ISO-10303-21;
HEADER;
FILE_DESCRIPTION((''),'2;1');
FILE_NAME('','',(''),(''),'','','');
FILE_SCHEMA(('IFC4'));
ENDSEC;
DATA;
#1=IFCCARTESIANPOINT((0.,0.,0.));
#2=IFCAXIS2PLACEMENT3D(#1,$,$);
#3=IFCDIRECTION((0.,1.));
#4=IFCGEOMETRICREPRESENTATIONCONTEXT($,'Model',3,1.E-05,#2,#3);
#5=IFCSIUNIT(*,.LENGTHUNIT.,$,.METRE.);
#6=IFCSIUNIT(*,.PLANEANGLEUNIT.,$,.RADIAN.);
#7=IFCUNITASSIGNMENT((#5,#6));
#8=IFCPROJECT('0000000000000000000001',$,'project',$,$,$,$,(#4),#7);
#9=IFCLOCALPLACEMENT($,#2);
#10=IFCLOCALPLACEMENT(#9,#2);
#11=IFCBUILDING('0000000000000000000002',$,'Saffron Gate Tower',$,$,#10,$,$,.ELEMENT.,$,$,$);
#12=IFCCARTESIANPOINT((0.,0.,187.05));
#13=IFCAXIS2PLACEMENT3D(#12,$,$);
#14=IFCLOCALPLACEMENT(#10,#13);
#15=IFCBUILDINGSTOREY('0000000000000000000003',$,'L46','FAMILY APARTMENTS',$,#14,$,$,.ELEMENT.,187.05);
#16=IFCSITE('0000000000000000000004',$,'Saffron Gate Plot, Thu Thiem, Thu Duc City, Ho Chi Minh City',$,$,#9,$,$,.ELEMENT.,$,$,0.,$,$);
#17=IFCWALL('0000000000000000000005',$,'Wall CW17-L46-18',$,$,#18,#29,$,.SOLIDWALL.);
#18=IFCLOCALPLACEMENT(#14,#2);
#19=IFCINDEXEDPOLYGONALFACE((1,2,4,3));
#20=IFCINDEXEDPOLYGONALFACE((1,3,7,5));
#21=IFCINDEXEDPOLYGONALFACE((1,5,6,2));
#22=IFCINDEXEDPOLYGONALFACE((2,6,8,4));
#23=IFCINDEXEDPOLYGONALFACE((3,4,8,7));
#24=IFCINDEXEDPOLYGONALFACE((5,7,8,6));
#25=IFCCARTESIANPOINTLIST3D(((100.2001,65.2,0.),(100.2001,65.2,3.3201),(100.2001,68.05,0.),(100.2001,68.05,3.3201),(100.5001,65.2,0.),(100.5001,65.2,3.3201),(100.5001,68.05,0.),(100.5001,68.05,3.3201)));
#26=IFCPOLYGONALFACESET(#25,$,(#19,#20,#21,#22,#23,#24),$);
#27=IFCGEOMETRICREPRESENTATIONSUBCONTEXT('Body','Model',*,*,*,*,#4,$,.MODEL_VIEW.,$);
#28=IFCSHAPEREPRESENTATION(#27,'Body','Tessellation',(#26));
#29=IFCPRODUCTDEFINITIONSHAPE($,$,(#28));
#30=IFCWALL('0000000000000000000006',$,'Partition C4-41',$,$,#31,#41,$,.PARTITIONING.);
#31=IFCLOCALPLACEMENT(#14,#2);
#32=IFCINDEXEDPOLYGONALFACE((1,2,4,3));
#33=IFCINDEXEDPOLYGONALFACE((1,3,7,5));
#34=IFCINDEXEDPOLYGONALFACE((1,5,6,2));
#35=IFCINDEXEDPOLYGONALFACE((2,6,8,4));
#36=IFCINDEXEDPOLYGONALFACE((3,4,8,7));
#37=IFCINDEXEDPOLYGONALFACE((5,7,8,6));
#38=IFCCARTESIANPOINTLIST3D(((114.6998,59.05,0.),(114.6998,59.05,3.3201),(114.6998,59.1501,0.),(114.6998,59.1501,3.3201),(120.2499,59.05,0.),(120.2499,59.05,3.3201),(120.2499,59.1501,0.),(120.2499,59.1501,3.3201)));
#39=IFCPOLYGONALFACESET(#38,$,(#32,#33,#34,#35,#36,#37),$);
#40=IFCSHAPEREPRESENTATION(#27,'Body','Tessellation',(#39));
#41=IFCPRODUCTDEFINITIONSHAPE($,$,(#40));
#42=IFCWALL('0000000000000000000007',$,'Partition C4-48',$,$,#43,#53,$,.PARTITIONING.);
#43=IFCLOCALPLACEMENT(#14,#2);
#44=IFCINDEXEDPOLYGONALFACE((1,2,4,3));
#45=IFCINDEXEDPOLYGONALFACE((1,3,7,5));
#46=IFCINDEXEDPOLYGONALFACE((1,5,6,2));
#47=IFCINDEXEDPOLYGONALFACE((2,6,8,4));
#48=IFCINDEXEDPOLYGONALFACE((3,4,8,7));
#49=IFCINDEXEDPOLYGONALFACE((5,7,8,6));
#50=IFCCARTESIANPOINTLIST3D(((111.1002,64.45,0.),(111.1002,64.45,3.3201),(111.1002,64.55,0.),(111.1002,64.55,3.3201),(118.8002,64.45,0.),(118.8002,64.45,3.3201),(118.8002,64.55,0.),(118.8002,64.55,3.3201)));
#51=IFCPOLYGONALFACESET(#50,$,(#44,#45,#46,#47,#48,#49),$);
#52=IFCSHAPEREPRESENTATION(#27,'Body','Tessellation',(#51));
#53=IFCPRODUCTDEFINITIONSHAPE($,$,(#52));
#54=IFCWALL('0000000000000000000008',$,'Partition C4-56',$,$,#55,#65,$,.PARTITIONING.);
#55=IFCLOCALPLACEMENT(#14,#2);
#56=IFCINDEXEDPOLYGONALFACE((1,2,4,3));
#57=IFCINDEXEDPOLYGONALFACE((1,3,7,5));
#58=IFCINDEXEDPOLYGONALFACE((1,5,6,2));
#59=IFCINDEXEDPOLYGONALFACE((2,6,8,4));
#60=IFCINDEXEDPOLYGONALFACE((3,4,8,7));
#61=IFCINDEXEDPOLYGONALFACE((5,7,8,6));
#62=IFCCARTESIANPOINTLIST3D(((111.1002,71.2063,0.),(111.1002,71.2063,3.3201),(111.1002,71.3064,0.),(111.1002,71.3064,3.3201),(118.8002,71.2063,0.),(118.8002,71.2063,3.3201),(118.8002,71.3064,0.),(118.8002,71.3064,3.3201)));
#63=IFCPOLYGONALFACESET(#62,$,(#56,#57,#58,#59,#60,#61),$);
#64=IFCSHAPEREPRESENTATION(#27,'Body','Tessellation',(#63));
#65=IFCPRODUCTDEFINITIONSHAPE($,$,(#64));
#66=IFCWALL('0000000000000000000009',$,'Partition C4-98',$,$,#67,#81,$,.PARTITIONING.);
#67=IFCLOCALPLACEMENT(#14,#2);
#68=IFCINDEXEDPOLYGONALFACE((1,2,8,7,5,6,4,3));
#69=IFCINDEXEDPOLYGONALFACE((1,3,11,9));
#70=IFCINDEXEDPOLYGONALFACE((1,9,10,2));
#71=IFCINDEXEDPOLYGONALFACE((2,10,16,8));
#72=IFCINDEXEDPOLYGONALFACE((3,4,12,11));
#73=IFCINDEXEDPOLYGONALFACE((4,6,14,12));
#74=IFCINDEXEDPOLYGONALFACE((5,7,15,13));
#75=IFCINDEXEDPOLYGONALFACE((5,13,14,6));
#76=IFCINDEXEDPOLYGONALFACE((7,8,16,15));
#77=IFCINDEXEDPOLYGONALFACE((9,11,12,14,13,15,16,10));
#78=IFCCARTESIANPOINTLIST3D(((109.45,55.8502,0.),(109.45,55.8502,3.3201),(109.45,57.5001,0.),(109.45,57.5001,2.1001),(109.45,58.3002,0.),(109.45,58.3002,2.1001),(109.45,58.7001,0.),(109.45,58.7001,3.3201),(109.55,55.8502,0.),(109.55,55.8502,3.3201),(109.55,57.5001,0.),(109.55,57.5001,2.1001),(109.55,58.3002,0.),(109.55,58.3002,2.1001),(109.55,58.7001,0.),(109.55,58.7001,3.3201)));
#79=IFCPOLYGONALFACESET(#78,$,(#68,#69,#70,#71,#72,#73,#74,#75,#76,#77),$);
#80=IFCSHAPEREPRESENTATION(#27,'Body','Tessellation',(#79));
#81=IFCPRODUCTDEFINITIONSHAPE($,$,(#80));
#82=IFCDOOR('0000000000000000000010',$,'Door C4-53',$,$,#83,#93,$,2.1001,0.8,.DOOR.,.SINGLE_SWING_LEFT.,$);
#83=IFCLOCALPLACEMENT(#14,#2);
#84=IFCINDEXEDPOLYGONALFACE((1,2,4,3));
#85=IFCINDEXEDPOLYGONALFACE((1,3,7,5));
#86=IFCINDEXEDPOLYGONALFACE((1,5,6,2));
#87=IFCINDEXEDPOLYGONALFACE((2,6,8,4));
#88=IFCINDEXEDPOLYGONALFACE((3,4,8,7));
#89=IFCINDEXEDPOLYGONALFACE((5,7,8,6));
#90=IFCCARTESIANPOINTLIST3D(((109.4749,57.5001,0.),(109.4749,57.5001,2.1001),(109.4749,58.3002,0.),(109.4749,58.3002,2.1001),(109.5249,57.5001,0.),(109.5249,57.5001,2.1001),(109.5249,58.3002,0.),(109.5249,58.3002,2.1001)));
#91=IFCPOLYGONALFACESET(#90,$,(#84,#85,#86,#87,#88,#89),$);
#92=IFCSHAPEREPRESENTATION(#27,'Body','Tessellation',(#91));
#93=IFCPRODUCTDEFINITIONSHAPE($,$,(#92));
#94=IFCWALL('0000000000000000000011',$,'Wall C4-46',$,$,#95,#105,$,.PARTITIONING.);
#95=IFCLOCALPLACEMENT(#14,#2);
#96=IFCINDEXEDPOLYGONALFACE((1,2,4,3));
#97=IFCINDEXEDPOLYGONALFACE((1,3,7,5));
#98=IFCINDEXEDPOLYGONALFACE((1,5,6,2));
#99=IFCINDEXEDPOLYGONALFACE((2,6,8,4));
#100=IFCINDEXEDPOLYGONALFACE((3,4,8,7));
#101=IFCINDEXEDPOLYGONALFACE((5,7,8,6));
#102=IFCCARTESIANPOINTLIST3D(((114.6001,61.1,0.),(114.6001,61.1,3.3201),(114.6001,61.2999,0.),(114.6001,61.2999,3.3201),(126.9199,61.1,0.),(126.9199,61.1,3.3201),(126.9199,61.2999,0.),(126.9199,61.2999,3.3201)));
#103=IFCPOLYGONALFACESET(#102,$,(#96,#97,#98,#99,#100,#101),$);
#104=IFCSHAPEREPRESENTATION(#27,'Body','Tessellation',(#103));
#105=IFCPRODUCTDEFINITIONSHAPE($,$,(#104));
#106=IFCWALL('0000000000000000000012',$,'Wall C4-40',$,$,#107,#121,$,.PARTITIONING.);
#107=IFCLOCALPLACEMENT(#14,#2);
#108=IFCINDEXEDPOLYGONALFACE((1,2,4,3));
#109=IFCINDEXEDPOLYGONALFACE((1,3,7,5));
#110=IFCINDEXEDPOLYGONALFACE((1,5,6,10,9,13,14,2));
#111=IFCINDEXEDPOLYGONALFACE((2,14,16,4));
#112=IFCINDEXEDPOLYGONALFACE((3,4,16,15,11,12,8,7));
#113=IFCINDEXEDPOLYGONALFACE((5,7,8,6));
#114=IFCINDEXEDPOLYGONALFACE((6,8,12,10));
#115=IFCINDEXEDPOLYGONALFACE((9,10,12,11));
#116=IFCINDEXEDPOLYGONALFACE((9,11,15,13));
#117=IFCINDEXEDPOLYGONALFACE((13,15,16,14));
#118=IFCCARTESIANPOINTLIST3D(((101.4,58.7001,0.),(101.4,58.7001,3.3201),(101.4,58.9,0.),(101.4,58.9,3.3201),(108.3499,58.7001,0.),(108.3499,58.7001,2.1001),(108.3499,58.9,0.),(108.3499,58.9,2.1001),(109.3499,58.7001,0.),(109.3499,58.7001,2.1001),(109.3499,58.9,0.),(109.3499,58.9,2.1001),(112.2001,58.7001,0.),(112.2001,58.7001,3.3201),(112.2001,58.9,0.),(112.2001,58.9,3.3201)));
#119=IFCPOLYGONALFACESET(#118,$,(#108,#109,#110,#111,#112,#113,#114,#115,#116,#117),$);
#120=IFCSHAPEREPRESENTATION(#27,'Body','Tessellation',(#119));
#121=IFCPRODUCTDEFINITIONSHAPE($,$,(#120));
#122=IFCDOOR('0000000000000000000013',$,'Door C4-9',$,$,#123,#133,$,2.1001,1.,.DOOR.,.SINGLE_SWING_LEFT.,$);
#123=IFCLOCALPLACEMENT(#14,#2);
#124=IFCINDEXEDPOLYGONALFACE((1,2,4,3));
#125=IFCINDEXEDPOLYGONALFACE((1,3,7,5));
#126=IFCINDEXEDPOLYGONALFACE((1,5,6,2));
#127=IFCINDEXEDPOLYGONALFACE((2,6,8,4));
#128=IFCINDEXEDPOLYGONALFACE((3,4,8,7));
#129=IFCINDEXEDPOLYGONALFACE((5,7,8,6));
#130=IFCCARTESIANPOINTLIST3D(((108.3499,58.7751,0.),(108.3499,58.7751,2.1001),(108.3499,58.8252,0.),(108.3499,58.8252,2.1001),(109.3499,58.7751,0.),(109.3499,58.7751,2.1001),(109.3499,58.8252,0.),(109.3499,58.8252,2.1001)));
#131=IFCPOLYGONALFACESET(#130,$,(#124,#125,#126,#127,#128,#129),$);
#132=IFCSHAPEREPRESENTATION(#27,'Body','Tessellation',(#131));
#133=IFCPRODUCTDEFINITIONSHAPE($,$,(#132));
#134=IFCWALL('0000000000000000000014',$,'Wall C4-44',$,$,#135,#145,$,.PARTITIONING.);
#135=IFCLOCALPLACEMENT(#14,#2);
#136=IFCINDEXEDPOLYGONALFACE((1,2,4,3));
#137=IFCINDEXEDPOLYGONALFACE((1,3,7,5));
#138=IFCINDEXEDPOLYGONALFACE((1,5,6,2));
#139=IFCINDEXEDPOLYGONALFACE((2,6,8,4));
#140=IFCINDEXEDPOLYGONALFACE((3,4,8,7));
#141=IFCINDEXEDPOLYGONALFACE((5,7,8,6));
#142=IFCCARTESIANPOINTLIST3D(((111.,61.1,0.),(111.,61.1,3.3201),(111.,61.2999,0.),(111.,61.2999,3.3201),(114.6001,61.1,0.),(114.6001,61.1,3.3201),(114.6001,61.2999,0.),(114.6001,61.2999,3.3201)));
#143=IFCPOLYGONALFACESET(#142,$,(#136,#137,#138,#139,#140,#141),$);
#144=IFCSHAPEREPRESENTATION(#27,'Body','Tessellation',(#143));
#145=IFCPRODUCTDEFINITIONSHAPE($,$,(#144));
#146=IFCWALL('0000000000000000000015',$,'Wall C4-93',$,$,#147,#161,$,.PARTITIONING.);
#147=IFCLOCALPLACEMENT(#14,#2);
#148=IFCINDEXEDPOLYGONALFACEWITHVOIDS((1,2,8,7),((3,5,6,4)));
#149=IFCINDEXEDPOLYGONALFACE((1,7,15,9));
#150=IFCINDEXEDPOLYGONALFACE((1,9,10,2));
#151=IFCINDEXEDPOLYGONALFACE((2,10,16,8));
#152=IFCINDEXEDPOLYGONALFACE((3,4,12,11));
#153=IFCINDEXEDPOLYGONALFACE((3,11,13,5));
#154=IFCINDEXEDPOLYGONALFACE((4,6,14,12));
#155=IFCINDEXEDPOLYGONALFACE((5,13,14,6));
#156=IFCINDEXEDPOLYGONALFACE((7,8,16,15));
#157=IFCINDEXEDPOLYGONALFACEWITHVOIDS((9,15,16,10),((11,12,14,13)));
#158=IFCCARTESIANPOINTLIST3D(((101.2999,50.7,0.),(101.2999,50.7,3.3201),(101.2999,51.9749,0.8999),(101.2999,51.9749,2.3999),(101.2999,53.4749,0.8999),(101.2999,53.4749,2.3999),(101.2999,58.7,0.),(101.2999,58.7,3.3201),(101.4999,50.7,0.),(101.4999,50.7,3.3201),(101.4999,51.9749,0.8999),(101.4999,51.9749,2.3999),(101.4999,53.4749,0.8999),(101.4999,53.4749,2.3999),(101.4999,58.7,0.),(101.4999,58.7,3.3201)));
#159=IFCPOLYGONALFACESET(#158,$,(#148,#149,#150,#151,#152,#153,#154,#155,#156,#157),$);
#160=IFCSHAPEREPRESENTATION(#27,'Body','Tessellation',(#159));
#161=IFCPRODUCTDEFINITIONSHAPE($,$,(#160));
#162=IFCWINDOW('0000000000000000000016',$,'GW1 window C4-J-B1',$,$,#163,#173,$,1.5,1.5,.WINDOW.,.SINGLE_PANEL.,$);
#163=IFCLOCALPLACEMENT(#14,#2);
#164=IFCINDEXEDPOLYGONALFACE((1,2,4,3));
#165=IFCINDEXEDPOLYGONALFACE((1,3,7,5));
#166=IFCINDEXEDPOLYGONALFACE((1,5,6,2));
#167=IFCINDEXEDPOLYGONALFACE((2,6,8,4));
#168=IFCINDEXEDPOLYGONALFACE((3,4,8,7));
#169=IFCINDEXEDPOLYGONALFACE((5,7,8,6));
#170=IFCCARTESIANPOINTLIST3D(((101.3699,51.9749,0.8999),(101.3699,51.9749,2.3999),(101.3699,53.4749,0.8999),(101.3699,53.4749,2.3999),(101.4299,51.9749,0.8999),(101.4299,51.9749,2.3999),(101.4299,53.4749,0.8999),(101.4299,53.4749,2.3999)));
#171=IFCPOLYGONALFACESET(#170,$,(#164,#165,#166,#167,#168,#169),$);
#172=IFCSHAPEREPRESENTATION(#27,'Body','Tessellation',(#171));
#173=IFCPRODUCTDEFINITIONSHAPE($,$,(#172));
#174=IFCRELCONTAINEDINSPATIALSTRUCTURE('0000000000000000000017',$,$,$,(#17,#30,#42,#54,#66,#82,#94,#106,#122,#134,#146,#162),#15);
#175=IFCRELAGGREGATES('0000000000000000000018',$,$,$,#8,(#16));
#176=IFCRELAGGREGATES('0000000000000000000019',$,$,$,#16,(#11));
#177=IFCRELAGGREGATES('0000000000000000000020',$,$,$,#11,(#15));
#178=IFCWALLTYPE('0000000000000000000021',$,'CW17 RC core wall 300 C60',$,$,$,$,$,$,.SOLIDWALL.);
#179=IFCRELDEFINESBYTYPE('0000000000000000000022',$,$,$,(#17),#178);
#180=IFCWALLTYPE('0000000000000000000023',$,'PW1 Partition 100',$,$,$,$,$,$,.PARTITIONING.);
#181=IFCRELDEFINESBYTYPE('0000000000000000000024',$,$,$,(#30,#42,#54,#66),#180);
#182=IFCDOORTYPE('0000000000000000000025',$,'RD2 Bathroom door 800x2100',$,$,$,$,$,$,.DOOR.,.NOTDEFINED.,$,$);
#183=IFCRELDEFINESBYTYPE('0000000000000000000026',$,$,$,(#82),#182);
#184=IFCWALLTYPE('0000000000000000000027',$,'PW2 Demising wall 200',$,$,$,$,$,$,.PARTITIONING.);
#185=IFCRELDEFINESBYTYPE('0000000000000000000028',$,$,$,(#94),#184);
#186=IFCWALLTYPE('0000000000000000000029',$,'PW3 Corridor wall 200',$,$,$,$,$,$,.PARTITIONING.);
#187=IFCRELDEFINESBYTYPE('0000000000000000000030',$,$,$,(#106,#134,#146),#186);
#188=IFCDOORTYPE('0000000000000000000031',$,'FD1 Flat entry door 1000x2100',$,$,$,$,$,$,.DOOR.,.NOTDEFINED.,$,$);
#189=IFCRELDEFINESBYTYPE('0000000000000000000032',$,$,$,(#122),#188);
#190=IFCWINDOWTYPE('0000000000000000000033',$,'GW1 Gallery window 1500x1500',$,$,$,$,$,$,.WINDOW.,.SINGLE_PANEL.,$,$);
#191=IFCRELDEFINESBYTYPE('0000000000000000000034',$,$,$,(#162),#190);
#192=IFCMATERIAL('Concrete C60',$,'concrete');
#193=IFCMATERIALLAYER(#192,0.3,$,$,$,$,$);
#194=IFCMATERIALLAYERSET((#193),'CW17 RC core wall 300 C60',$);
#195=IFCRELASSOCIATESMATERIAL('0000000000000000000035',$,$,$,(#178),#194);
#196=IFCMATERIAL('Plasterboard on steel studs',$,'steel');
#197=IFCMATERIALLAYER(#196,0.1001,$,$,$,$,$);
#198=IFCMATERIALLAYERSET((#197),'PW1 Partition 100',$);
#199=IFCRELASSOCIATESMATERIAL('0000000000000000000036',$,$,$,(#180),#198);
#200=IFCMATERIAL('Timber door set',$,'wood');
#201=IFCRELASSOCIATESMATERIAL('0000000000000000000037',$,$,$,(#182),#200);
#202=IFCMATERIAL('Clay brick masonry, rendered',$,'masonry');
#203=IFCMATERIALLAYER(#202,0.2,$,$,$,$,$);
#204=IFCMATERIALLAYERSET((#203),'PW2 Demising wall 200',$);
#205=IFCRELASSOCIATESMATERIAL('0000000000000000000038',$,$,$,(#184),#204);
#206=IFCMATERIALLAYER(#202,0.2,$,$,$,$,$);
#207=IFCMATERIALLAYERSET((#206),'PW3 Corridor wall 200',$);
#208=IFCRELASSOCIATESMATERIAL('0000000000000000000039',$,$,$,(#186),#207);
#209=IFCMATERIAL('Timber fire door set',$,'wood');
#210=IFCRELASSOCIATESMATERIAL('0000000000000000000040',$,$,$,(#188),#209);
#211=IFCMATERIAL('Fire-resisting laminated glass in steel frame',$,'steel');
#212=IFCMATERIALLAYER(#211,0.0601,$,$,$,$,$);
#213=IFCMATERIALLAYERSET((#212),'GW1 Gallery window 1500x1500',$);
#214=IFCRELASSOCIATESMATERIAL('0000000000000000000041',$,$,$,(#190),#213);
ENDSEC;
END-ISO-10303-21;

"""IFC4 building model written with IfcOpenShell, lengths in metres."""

from ifc_helpers import new_model, si_unit, direction, frame, frame_2d, origin, place, context, subcontext, project, spatial, rectangle, extrude, material, layer, layer_set, type_object, element, fill, save


model = new_model("IFC4")

# Units and contexts
model_context = context("Model", 3, precision=1e-05, world=origin(), true_north=direction((0.0, 1.0)))
body_context = subcontext(model_context, "Body", "Model", "MODEL_VIEW")
ifc_project = project(units=[si_unit("LENGTHUNIT", "METRE"), si_unit("PLANEANGLEUNIT", "RADIAN")], contexts=[model_context])

# Site, building, storey
site_placement = place(None, origin())
site = spatial("IfcSite", under=ifc_project, at=site_placement, Name="Saffron Gate Plot, Thu Thiem, Thu Duc City, Ho Chi Minh City", CompositionType="ELEMENT", RefElevation=0.0)
building_placement = place(site_placement, origin())
building = spatial("IfcBuilding", under=site, at=building_placement, Name="Saffron Gate Tower", CompositionType="ELEMENT")
storey_placement = place(building_placement, frame((0.0, 0.0, 187.05)))
storey = spatial("IfcBuildingStorey", under=building, at=storey_placement, Name="L46", Description="FAMILY APARTMENTS", CompositionType="ELEMENT", Elevation=187.05)

# Shared definitions
ifc_material_1 = material(Name="Concrete C60", Category="concrete")

# Walls
ifc_layer_1 = layer(ifc_material_1, 0.3)
ifc_layer_set_1 = layer_set([ifc_layer_1], Name="CW17 RC core wall 300 C60")
wall_type_1 = type_object("IfcWallType", Name="CW17 RC core wall 300 C60", PredefinedType="SOLIDWALL", material=ifc_layer_set_1)
wall_1_placement = place(storey_placement, frame((100.3501, 65.2, 0.0), z_axis=(0.0, 0.0, 1.0), x_axis=(0.0, 1.0, 0.0)))
element("IfcWall", 1, at=wall_1_placement, inside=storey, type_object=wall_type_1, Name="Wall CW17-L46-18", PredefinedType="SOLIDWALL", context=body_context, shape_type="SweptSolid", body=[
    extrude(rectangle(XDim=2.8501, YDim=0.3, at=frame_2d((1.425, 0.0))), origin(), (0.0, 0.0, 1.0), 3.3201),
])
ifc_material_2 = material(Name="Plasterboard on steel studs", Category="steel")
ifc_layer_2 = layer(ifc_material_2, 0.1001)
ifc_layer_set_2 = layer_set([ifc_layer_2], Name="PW1 Partition 100")
wall_type_2 = type_object("IfcWallType", Name="PW1 Partition 100", PredefinedType="PARTITIONING", material=ifc_layer_set_2)
wall_2_placement = place(storey_placement, frame((114.7, 59.1001, 0.0), z_axis=(0.0, 0.0, 1.0), x_axis=(1.0, 0.0, 0.0)))
element("IfcWall", 2, at=wall_2_placement, inside=storey, type_object=wall_type_2, Name="Partition C4-41", PredefinedType="PARTITIONING", context=body_context, shape_type="SweptSolid", body=[
    extrude(rectangle(XDim=5.55, YDim=0.1001, at=frame_2d((2.7749, 0.0))), origin(), (0.0, 0.0, 1.0), 3.3201),
])
for number, where, z_axis, x_axis, name in (
    (3, (111.1001, 64.5, 0.0), (0.0, 0.0, 1.0), (1.0, 0.0, 0.0), "Partition C4-48"),
    (4, (111.1001, 71.2563, 0.0), (0.0, 0.0, 1.0), (1.0, 0.0, 0.0), "Partition C4-56"),
):
    element("IfcWall", number, at=place(storey_placement, frame(where, z_axis=z_axis, x_axis=x_axis)), inside=storey, type_object=wall_type_2, Name=name, PredefinedType="PARTITIONING", context=body_context, shape_type="SweptSolid", body=[
        extrude(rectangle(XDim=7.7, YDim=0.1001, at=frame_2d((3.8501, 0.0))), origin(), (0.0, 0.0, 1.0), 3.3201),
    ])

# Wall, opening, door
wall_3_placement = place(storey_placement, frame((109.5, 58.7, 0.0), z_axis=(0.0, 0.0, 1.0), x_axis=(0.0, -1.0, 0.0)))
wall_3 = element("IfcWall", 5, at=wall_3_placement, inside=storey, type_object=wall_type_2, Name="Partition C4-98", PredefinedType="PARTITIONING", context=body_context, shape_type="SweptSolid", body=[
    extrude(rectangle(XDim=2.8499, YDim=0.1001, at=frame_2d((1.4248, 0.0))), origin(), (0.0, 0.0, 1.0), 3.3201),
])
opening_1_placement = place(wall_3_placement, frame((0.3999, 0.0, 0.0)))
opening_1 = element("IfcOpeningElement", 6, at=opening_1_placement, cuts=wall_3, PredefinedType="OPENING", context=body_context, shape_type="SweptSolid", body=[
    extrude(rectangle(XDim=0.8, YDim=2.1001, at=frame_2d((0.3999, 1.05))), frame((0.0, 0.0601, 0.0), z_axis=(0.0, -1.0, 0.0), x_axis=(1.0, 0.0, 0.0)), (0.0, 0.0, 1.0), 0.1201),
])
ifc_material_3 = material(Name="Timber door set", Category="wood")
door_type_1 = type_object("IfcDoorType", Name="RD2 Bathroom door 800x2100", OperationType="NOTDEFINED", PredefinedType="DOOR", material=ifc_material_3)
door_1_placement = place(opening_1_placement, origin())
door_1 = element("IfcDoor", 7, at=door_1_placement, inside=storey, type_object=door_type_1, Name="Door C4-53", OperationType="SINGLE_SWING_LEFT", OverallHeight=2.1001, OverallWidth=0.8, PredefinedType="DOOR", context=body_context, shape_type="SweptSolid", body=[
    extrude(rectangle(XDim=0.8, YDim=2.1001, at=frame_2d((0.3999, 1.05))), frame((0.0, 0.0249, 0.0), z_axis=(0.0, -1.0, 0.0), x_axis=(1.0, 0.0, 0.0)), (0.0, 0.0, 1.0), 0.05),
])
fill(opening_1, door_1)

# Wall
ifc_material_4 = material(Name="Clay brick masonry, rendered", Category="masonry")
ifc_layer_3 = layer(ifc_material_4, 0.2)
ifc_layer_set_3 = layer_set([ifc_layer_3], Name="PW2 Demising wall 200")
wall_type_3 = type_object("IfcWallType", Name="PW2 Demising wall 200", PredefinedType="PARTITIONING", material=ifc_layer_set_3)
wall_4_placement = place(storey_placement, frame((114.6001, 61.2, 0.0), z_axis=(0.0, 0.0, 1.0), x_axis=(1.0, 0.0, 0.0)))
element("IfcWall", 8, at=wall_4_placement, inside=storey, type_object=wall_type_3, Name="Wall C4-46", PredefinedType="PARTITIONING", context=body_context, shape_type="SweptSolid", body=[
    extrude(rectangle(XDim=12.3198, YDim=0.2, at=frame_2d((6.1599, 0.0))), origin(), (0.0, 0.0, 1.0), 3.3201),
])

# Wall, opening, door
ifc_layer_4 = layer(ifc_material_4, 0.2)
ifc_layer_set_4 = layer_set([ifc_layer_4], Name="PW3 Corridor wall 200")
wall_type_4 = type_object("IfcWallType", Name="PW3 Corridor wall 200", PredefinedType="PARTITIONING", material=ifc_layer_set_4)
wall_5_placement = place(storey_placement, frame((112.2, 58.8, 0.0), z_axis=(0.0, 0.0, 1.0), x_axis=(-1.0, 0.0, 0.0)))
wall_5 = element("IfcWall", 9, at=wall_5_placement, inside=storey, type_object=wall_type_4, Name="Wall C4-40", PredefinedType="PARTITIONING", context=body_context, shape_type="SweptSolid", body=[
    extrude(rectangle(XDim=10.8, YDim=0.2, at=frame_2d((5.3999, 0.0))), origin(), (0.0, 0.0, 1.0), 3.3201),
])
opening_2_placement = place(wall_5_placement, frame((2.8501, 0.0, 0.0)))
opening_2 = element("IfcOpeningElement", 10, at=opening_2_placement, cuts=wall_5, PredefinedType="OPENING", context=body_context, shape_type="SweptSolid", body=[
    extrude(rectangle(XDim=1.0, YDim=2.1001, at=frame_2d((0.5, 1.05))), frame((0.0, 0.1099, 0.0), z_axis=(0.0, -1.0, 0.0), x_axis=(1.0, 0.0, 0.0)), (0.0, 0.0, 1.0), 0.22),
])
ifc_material_5 = material(Name="Timber fire door set", Category="wood")
door_type_2 = type_object("IfcDoorType", Name="FD1 Flat entry door 1000x2100", OperationType="NOTDEFINED", PredefinedType="DOOR", material=ifc_material_5)
door_2_placement = place(opening_2_placement, origin())
door_2 = element("IfcDoor", 11, at=door_2_placement, inside=storey, type_object=door_type_2, Name="Door C4-9", OperationType="SINGLE_SWING_LEFT", OverallHeight=2.1001, OverallWidth=1.0, PredefinedType="DOOR", context=body_context, shape_type="SweptSolid", body=[
    extrude(rectangle(XDim=1.0, YDim=2.1001, at=frame_2d((0.5, 1.05))), frame((0.0, 0.0249, 0.0), z_axis=(0.0, -1.0, 0.0), x_axis=(1.0, 0.0, 0.0)), (0.0, 0.0, 1.0), 0.05),
])
fill(opening_2, door_2)

# Wall
wall_6_placement = place(storey_placement, frame((111.0, 61.2, 0.0), z_axis=(0.0, 0.0, 1.0), x_axis=(1.0, 0.0, 0.0)))
element("IfcWall", 12, at=wall_6_placement, inside=storey, type_object=wall_type_4, Name="Wall C4-44", PredefinedType="PARTITIONING", context=body_context, shape_type="SweptSolid", body=[
    extrude(rectangle(XDim=3.6001, YDim=0.2, at=frame_2d((1.8, 0.0))), origin(), (0.0, 0.0, 1.0), 3.3201),
])

# Wall, opening, window
wall_7_placement = place(storey_placement, frame((101.3999, 58.7, 0.0), z_axis=(0.0, 0.0, 1.0), x_axis=(0.0, -1.0, 0.0)))
wall_7 = element("IfcWall", 13, at=wall_7_placement, inside=storey, type_object=wall_type_4, Name="Wall C4-93", PredefinedType="PARTITIONING", context=body_context, shape_type="SweptSolid", body=[
    extrude(rectangle(XDim=8.0, YDim=0.2, at=frame_2d((4.0, 0.0))), origin(), (0.0, 0.0, 1.0), 3.3201),
])
opening_3_placement = place(wall_7_placement, frame((5.2251, 0.0, 0.8999)))
opening_3 = element("IfcOpeningElement", 14, at=opening_3_placement, cuts=wall_7, PredefinedType="OPENING", context=body_context, shape_type="SweptSolid", body=[
    extrude(rectangle(XDim=1.5, YDim=1.5, at=frame_2d((0.75, 0.75))), frame((0.0, 0.1099, 0.0), z_axis=(0.0, -1.0, 0.0), x_axis=(1.0, 0.0, 0.0)), (0.0, 0.0, 1.0), 0.22),
])
ifc_material_6 = material(Name="Fire-resisting laminated glass in steel frame", Category="steel")
ifc_layer_5 = layer(ifc_material_6, 0.0601)
ifc_layer_set_5 = layer_set([ifc_layer_5], Name="GW1 Gallery window 1500x1500")
window_type = type_object("IfcWindowType", Name="GW1 Gallery window 1500x1500", PartitioningType="SINGLE_PANEL", PredefinedType="WINDOW", material=ifc_layer_set_5)
window_placement = place(opening_3_placement, origin())
window = element("IfcWindow", 15, at=window_placement, inside=storey, type_object=window_type, Name="GW1 window C4-J-B1", OverallHeight=1.5, OverallWidth=1.5, PartitioningType="SINGLE_PANEL", PredefinedType="WINDOW", context=body_context, shape_type="SweptSolid", body=[
    extrude(rectangle(XDim=1.5, YDim=1.5, at=frame_2d((0.75, 0.75))), frame((0.0, 0.03, 0.0), z_axis=(0.0, -1.0, 0.0), x_axis=(1.0, 0.0, 0.0)), (0.0, 0.0, 1.0), 0.0601),
])
fill(opening_3, window)

save(model, "model.ifc")
